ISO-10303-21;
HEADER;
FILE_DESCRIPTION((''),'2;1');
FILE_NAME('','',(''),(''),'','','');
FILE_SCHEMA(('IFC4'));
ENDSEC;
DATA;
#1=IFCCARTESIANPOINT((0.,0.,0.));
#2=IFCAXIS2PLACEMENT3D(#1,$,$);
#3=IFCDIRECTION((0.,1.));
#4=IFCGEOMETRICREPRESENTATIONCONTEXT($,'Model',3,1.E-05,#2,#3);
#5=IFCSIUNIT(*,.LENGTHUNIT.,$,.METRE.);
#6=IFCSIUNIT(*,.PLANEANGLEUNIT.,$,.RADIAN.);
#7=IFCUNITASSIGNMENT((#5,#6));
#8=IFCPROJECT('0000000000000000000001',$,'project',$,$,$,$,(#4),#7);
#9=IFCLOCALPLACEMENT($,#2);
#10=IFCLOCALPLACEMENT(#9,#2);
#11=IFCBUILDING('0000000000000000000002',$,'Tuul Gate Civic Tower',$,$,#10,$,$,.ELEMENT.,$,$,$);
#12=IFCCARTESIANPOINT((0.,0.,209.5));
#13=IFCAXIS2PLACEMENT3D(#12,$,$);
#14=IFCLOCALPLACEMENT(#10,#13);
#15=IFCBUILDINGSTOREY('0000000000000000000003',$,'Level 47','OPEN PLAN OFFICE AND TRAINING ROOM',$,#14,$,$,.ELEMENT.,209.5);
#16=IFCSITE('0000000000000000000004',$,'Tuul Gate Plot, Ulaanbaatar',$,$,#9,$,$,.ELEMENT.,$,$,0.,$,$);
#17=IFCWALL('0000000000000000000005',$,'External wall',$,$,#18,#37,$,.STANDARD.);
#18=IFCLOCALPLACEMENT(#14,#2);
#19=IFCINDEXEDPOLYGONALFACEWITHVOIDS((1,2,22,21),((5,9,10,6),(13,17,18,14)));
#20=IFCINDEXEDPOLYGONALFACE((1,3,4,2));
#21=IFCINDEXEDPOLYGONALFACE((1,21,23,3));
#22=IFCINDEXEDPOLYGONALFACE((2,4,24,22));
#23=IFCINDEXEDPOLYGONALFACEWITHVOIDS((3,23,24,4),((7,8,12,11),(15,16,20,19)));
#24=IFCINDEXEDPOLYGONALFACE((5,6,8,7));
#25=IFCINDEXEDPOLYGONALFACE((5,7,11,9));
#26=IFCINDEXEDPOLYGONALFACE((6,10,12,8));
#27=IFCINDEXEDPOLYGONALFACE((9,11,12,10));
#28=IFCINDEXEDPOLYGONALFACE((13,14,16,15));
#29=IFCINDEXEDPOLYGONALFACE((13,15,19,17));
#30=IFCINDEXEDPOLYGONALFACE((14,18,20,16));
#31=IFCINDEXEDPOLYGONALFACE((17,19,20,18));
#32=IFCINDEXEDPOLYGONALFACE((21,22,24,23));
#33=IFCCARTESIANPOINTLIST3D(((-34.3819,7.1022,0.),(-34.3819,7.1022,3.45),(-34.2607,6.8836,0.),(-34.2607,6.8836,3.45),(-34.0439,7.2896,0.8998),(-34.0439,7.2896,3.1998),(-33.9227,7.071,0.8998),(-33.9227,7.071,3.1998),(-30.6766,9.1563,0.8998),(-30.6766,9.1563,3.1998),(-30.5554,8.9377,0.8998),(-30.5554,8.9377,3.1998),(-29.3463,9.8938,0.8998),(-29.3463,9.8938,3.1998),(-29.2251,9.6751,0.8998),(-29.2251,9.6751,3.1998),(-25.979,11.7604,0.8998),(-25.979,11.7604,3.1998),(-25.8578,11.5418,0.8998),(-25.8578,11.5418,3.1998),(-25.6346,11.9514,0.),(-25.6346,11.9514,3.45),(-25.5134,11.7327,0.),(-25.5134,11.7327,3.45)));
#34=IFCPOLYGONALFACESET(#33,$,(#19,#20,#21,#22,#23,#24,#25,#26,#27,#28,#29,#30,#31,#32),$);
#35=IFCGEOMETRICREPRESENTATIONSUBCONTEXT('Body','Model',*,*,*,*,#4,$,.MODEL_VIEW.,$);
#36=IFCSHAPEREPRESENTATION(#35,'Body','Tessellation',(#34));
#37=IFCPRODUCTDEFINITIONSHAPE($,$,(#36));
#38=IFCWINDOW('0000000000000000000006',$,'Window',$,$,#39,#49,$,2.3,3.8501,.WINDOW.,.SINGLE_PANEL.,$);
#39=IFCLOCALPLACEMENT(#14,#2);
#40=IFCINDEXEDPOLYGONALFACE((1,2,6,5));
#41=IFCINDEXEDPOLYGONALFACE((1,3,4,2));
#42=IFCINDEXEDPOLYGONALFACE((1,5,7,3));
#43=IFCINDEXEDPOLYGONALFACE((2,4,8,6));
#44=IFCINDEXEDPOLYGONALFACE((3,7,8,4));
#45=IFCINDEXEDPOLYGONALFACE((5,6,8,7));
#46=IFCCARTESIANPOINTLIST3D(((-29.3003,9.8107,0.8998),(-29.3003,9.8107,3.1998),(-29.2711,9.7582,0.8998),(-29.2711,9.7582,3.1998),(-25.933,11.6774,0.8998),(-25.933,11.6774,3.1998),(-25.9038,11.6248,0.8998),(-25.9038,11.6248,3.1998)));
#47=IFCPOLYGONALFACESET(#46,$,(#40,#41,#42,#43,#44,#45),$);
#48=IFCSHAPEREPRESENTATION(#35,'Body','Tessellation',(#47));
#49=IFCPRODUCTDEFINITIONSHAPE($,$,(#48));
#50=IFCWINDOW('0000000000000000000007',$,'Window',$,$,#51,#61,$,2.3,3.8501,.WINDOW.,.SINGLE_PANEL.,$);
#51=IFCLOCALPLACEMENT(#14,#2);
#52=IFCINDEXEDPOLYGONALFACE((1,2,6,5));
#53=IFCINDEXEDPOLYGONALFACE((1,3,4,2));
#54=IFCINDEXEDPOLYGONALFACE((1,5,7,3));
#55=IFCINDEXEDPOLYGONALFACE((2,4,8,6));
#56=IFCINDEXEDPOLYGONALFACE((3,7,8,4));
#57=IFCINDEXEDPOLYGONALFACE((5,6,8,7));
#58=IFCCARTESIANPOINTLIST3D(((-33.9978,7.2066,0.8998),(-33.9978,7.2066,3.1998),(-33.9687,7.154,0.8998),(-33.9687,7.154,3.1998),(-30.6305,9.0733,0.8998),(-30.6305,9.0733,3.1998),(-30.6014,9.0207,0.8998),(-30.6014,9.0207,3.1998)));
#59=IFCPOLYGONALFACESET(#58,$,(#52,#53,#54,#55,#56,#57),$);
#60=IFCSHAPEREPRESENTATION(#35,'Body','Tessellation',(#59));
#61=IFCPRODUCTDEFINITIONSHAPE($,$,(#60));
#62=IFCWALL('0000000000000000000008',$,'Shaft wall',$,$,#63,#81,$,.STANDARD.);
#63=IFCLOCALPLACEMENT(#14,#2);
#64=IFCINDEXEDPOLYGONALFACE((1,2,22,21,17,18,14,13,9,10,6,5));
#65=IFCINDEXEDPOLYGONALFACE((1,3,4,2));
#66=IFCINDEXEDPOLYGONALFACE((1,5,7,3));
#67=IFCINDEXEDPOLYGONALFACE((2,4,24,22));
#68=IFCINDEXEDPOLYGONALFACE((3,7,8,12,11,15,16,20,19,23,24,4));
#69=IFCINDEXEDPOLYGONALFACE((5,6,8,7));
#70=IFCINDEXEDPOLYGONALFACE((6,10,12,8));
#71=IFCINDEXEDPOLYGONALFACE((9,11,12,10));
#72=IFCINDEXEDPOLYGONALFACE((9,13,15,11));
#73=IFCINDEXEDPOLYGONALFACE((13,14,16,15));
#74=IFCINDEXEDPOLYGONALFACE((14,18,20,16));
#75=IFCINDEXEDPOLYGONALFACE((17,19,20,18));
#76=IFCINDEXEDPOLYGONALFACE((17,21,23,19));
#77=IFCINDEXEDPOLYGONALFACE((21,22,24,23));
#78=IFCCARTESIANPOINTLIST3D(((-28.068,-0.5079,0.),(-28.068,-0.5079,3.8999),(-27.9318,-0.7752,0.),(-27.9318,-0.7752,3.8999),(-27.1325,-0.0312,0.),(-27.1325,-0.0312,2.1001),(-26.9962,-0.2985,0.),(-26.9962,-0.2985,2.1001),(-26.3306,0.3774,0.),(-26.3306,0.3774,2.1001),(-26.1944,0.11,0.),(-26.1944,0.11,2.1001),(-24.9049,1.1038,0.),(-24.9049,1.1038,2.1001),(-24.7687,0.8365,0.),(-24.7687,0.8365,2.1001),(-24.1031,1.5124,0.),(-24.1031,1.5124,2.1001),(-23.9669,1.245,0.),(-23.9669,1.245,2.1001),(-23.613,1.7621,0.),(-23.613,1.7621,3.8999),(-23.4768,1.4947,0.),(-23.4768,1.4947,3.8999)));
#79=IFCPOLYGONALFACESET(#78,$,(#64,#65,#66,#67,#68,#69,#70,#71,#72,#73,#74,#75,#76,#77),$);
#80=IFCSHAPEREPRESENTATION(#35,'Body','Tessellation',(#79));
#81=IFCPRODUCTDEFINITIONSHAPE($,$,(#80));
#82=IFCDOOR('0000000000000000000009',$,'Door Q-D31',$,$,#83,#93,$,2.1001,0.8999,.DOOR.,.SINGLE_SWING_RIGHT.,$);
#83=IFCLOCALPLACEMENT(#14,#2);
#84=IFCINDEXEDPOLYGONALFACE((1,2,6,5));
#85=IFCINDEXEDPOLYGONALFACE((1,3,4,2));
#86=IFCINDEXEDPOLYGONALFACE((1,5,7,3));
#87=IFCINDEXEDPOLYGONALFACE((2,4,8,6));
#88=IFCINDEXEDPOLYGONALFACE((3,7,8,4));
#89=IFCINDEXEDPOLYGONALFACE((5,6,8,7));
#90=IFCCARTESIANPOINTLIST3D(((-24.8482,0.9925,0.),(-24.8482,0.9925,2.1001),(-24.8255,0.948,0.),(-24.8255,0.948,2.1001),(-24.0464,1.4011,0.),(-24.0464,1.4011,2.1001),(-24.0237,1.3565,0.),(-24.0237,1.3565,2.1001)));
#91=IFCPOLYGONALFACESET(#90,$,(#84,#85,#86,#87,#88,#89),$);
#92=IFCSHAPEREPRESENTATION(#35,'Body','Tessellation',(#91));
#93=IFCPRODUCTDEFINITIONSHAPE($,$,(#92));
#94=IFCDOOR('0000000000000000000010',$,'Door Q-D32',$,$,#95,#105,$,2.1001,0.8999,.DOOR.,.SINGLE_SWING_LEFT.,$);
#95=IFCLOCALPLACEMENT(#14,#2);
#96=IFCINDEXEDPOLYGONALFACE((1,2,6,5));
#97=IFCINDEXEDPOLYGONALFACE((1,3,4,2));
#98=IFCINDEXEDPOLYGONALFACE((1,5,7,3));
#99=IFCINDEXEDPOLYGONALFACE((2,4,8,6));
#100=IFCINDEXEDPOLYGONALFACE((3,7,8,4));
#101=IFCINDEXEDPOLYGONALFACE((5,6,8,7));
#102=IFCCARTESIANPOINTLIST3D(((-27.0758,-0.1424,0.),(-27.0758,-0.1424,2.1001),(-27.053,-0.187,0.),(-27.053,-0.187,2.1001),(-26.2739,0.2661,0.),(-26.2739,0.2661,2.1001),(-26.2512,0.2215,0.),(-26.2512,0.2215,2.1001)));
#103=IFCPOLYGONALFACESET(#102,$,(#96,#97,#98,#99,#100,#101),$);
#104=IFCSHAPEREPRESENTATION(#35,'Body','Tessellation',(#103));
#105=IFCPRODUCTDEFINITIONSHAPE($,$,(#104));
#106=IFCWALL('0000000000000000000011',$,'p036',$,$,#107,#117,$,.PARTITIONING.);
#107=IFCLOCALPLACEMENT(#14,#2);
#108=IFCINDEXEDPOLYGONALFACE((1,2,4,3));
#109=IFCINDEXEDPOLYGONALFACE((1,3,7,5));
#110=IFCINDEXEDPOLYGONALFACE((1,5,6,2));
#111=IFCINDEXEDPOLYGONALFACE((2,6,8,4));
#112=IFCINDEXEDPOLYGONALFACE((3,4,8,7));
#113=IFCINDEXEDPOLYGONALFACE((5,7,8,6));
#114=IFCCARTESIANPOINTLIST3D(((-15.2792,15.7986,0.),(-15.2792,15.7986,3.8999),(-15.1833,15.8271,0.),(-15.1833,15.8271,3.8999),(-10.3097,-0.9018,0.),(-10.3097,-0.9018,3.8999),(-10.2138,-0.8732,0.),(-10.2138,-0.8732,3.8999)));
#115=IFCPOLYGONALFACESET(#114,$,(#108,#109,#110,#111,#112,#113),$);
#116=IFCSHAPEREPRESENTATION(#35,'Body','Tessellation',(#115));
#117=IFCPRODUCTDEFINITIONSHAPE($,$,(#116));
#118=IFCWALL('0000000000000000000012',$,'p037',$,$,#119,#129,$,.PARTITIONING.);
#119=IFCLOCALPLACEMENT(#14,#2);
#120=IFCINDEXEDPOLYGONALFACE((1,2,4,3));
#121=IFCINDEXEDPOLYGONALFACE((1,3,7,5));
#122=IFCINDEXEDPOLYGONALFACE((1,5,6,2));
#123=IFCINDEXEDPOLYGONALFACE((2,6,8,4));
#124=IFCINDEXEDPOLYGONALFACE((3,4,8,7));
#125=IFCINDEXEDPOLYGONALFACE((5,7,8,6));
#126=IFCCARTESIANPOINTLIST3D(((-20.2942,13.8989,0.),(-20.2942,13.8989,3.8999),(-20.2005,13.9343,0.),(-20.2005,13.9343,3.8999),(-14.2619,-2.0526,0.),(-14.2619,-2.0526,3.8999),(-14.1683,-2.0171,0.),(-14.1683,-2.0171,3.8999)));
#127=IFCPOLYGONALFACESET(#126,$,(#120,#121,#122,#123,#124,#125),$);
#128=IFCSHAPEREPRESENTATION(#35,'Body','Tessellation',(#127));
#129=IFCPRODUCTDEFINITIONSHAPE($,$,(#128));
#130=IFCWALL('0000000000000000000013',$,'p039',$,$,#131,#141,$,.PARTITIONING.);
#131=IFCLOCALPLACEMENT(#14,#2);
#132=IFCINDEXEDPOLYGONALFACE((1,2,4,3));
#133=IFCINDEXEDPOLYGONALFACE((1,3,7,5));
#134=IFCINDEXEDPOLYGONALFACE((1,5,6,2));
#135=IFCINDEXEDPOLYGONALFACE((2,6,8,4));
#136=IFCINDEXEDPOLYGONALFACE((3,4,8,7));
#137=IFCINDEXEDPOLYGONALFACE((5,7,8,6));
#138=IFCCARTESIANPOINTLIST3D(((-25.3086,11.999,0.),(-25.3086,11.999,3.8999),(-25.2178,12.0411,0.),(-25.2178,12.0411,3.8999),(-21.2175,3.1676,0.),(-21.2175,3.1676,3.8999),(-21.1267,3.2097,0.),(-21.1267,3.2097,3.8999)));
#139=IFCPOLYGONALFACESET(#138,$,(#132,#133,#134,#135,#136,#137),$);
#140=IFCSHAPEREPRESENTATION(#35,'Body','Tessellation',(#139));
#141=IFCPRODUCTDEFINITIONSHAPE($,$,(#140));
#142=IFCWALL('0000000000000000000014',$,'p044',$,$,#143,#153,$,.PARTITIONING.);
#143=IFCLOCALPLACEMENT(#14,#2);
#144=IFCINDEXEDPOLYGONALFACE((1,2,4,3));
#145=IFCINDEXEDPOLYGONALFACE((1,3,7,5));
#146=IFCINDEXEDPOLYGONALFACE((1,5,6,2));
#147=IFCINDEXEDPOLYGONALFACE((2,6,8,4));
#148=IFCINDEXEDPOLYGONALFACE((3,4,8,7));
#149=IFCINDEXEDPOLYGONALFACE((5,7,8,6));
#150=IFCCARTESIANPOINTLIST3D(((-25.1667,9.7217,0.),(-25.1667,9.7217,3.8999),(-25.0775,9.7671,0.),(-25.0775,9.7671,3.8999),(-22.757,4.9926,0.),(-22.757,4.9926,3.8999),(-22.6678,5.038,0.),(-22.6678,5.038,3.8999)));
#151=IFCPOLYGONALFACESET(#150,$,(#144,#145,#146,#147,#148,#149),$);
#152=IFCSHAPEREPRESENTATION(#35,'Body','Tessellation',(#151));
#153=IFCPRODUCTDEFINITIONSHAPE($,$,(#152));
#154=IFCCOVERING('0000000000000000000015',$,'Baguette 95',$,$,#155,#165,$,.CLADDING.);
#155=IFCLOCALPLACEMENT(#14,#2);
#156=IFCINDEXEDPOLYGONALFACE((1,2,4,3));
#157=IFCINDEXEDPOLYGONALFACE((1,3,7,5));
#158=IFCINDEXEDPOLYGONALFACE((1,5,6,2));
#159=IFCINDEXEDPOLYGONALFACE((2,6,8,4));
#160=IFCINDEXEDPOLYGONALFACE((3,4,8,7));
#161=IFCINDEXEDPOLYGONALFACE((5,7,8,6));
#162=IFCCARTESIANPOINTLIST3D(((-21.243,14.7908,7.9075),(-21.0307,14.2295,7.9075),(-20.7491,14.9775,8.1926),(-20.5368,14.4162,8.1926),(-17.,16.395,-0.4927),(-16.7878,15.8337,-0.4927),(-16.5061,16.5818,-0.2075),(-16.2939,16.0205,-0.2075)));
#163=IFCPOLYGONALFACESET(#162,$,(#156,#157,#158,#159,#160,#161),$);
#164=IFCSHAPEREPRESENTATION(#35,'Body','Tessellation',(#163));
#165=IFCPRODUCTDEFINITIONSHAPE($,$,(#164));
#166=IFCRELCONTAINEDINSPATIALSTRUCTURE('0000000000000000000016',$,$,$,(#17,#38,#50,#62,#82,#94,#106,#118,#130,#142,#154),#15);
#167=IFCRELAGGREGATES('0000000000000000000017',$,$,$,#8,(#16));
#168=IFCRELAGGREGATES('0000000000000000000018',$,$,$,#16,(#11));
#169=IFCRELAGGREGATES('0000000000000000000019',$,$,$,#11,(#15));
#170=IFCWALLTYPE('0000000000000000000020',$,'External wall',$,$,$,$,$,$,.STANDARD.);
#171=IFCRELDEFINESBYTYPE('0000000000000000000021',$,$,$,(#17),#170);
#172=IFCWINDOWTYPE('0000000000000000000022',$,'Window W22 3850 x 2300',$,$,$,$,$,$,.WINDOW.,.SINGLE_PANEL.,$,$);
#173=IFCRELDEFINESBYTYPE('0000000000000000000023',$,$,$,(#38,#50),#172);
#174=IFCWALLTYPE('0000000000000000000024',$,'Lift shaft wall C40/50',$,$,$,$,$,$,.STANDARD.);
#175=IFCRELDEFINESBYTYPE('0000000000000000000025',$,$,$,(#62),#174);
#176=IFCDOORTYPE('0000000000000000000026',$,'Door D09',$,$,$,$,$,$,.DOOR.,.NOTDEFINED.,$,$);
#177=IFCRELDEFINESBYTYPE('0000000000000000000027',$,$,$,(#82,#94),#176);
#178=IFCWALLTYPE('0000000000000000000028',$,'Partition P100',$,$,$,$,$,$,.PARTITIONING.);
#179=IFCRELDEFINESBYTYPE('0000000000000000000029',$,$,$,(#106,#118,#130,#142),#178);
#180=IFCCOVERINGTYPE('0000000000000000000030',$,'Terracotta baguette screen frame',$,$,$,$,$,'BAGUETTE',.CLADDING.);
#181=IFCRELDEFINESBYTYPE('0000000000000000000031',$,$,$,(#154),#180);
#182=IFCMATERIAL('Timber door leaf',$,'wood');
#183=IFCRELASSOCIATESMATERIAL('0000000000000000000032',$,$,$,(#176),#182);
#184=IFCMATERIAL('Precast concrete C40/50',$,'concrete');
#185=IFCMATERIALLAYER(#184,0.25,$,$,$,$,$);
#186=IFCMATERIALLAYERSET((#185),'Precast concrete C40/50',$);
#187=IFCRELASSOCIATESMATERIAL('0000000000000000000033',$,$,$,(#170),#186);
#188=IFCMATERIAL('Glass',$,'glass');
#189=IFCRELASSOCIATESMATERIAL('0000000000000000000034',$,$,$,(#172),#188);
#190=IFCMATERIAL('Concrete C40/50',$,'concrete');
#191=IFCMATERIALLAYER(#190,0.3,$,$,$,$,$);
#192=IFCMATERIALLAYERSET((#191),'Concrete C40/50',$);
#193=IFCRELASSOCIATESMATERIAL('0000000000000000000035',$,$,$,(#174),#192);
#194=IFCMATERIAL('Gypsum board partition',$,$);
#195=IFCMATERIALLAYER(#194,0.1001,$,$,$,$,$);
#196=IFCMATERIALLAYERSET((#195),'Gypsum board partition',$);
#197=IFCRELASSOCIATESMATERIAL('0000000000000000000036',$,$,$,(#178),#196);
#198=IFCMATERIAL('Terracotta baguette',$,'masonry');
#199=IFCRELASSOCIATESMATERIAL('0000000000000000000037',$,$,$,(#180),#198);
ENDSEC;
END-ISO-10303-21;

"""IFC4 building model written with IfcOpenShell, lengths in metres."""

from ifc_helpers import new_model, si_unit, direction, frame, frame_2d, origin, origin_2d, place, context, subcontext, project, spatial, rectangle, extrude, material, layer, layer_set, material_profile, profile_set, type_object, element, fill, save


model = new_model("IFC4")

# Units and contexts
model_context = context("Model", 3, precision=1e-05, world=origin(), true_north=direction((0.0, 1.0)))
body_context = subcontext(model_context, "Body", "Model", "MODEL_VIEW")
ifc_project = project(units=[si_unit("LENGTHUNIT", "METRE"), si_unit("PLANEANGLEUNIT", "RADIAN")], contexts=[model_context])

# Site, building, storey
site_placement = place(None, origin())
site = spatial("IfcSite", under=ifc_project, at=site_placement, Name="Tuul Gate Plot, Ulaanbaatar", CompositionType="ELEMENT", RefElevation=0.0)
building_placement = place(site_placement, origin())
building = spatial("IfcBuilding", under=site, at=building_placement, Name="Tuul Gate Civic Tower", CompositionType="ELEMENT")
storey_placement = place(building_placement, frame((0.0, 0.0, 209.5)))
storey = spatial("IfcBuildingStorey", under=building, at=storey_placement, Name="Level 47", Description="OPEN PLAN OFFICE AND TRAINING ROOM", CompositionType="ELEMENT", Elevation=209.5)

# Shared definitions
ifc_material_1 = material(Name="Timber door leaf", Category="wood")
door_type_1 = type_object("IfcDoorType", Name="Door D09", OperationType="NOTDEFINED", PredefinedType="DOOR", material=ifc_material_1)

# Wall, openings, windows
ifc_material_2 = material(Name="Precast concrete C40/50", Category="concrete")
ifc_layer_1 = layer(ifc_material_2, 0.25)
ifc_layer_set_1 = layer_set([ifc_layer_1], Name="Precast concrete C40/50")
wall_type_1 = type_object("IfcWallType", Name="External wall", PredefinedType="STANDARD", material=ifc_layer_set_1)
ifc_material_3 = material(Name="Glass", Category="glass")
window_type = type_object("IfcWindowType", Name="Window W22 3850 x 2300", PartitioningType="SINGLE_PANEL", PredefinedType="WINDOW", material=ifc_material_3)
wall_1_placement = place(storey_placement, frame((-25.574, 11.842, 0.0), z_axis=(0.0, 0.0, 1.0), x_axis=(-0.874603, -0.484841, 0.0)))
wall_1 = element("IfcWall", 1, at=wall_1_placement, inside=storey, type_object=wall_type_1, Name="External wall", PredefinedType="STANDARD", context=body_context, shape_type="SweptSolid", body=[
    extrude(rectangle(XDim=10.0015, YDim=0.25, at=frame_2d((5.0007, 0.0))), origin(), (0.0, 0.0, 1.0), 3.45),
])
opening_1_placement = place(wall_1_placement, frame((0.3938, 0.0, 0.8999)))
opening_1 = element("IfcOpeningElement", 2, at=opening_1_placement, cuts=wall_1, PredefinedType="OPENING", context=body_context, shape_type="SweptSolid", body=[
    extrude(rectangle(XDim=3.8501, YDim=2.3, at=frame_2d((1.925, 1.1499))), frame((0.0, 0.135, 0.0), z_axis=(0.0, -1.0, 0.0), x_axis=(1.0, 0.0, 0.0)), (0.0, 0.0, 1.0), 0.27),
])
opening_2_placement = place(wall_1_placement, frame((5.7649, 0.0, 0.8999)))
opening_2 = element("IfcOpeningElement", 3, at=opening_2_placement, cuts=wall_1, PredefinedType="OPENING", context=body_context, shape_type="SweptSolid", body=[
    extrude(rectangle(XDim=3.8501, YDim=2.3, at=frame_2d((1.925, 1.1499))), frame((0.0, 0.135, 0.0), z_axis=(0.0, -1.0, 0.0), x_axis=(1.0, 0.0, 0.0)), (0.0, 0.0, 1.0), 0.27),
])
window_1_placement = place(opening_1_placement, origin())
window_1 = element("IfcWindow", 4, at=window_1_placement, inside=storey, type_object=window_type, Name="Window", OverallHeight=2.3, OverallWidth=3.8501, PartitioningType="SINGLE_PANEL", PredefinedType="WINDOW", context=body_context, shape_type="SweptSolid", body=[
    extrude(rectangle(XDim=3.8501, YDim=2.3, at=frame_2d((1.925, 1.1499))), frame((0.0, 0.03, 0.0), z_axis=(0.0, -1.0, 0.0), x_axis=(1.0, 0.0, 0.0)), (0.0, 0.0, 1.0), 0.0601),
])
fill(opening_1, window_1)
window_2_placement = place(opening_2_placement, origin())
window_2 = element("IfcWindow", 5, at=window_2_placement, inside=storey, type_object=window_type, Name="Window", OverallHeight=2.3, OverallWidth=3.8501, PartitioningType="SINGLE_PANEL", PredefinedType="WINDOW", context=body_context, shape_type="SweptSolid", body=[
    extrude(rectangle(XDim=3.8501, YDim=2.3, at=frame_2d((1.925, 1.1499))), frame((0.0, 0.03, 0.0), z_axis=(0.0, -1.0, 0.0), x_axis=(1.0, 0.0, 0.0)), (0.0, 0.0, 1.0), 0.0601),
])
fill(opening_2, window_2)

# Wall, openings, doors
ifc_material_4 = material(Name="Concrete C40/50", Category="concrete")
ifc_layer_2 = layer(ifc_material_4, 0.3)
ifc_layer_set_2 = layer_set([ifc_layer_2], Name="Concrete C40/50")
wall_type_2 = type_object("IfcWallType", Name="Lift shaft wall C40/50", PredefinedType="STANDARD", material=ifc_layer_set_2)
wall_2_placement = place(storey_placement, frame((-23.5449, 1.6284, 0.0), z_axis=(0.0, 0.0, 1.0), x_axis=(-0.891003, -0.453997, 0.0)))
wall_2 = element("IfcWall", 6, at=wall_2_placement, inside=storey, type_object=wall_type_2, Name="Shaft wall", PredefinedType="STANDARD", context=body_context, shape_type="SweptSolid", body=[
    extrude(rectangle(XDim=5.0, YDim=0.3, at=frame_2d((2.5, 0.0))), origin(), (0.0, 0.0, 1.0), 3.8999),
])
opening_3_placement = place(wall_2_placement, frame((0.55, 0.0, 0.0)))
opening_3 = element("IfcOpeningElement", 7, at=opening_3_placement, cuts=wall_2, PredefinedType="OPENING", context=body_context, shape_type="SweptSolid", body=[
    extrude(rectangle(XDim=0.8999, YDim=2.1001, at=frame_2d((0.45, 1.05))), frame((0.0, 0.1602, 0.0), z_axis=(0.0, -1.0, 0.0), x_axis=(1.0, 0.0, 0.0)), (0.0, 0.0, 1.0), 0.3201),
])
opening_4_placement = place(wall_2_placement, frame((3.05, 0.0, 0.0)))
opening_4 = element("IfcOpeningElement", 8, at=opening_4_placement, cuts=wall_2, PredefinedType="OPENING", context=body_context, shape_type="SweptSolid", body=[
    extrude(rectangle(XDim=0.8999, YDim=2.1001, at=frame_2d((0.45, 1.05))), frame((0.0, 0.1602, 0.0), z_axis=(0.0, -1.0, 0.0), x_axis=(1.0, 0.0, 0.0)), (0.0, 0.0, 1.0), 0.3201),
])
door_1_placement = place(opening_3_placement, origin())
door_1 = element("IfcDoor", 9, at=door_1_placement, inside=storey, type_object=door_type_1, Name="Door Q-D31", OperationType="SINGLE_SWING_RIGHT", OverallHeight=2.1001, OverallWidth=0.8999, PredefinedType="DOOR", context=body_context, shape_type="SweptSolid", body=[
    extrude(rectangle(XDim=0.8999, YDim=2.1001, at=frame_2d((0.45, 1.05))), frame((0.0, 0.0249, 0.0), z_axis=(0.0, -1.0, 0.0), x_axis=(1.0, 0.0, 0.0)), (0.0, 0.0, 1.0), 0.05),
])
fill(opening_3, door_1)
door_2_placement = place(opening_4_placement, origin())
door_2 = element("IfcDoor", 10, at=door_2_placement, inside=storey, type_object=door_type_1, Name="Door Q-D32", OperationType="SINGLE_SWING_LEFT", OverallHeight=2.1001, OverallWidth=0.8999, PredefinedType="DOOR", context=body_context, shape_type="SweptSolid", body=[
    extrude(rectangle(XDim=0.8999, YDim=2.1001, at=frame_2d((0.45, 1.05))), frame((0.0, 0.0249, 0.0), z_axis=(0.0, -1.0, 0.0), x_axis=(1.0, 0.0, 0.0)), (0.0, 0.0, 1.0), 0.05),
])
fill(opening_4, door_2)

# Walls
ifc_material_5 = material(Name="Gypsum board partition")
ifc_layer_3 = layer(ifc_material_5, 0.1001)
ifc_layer_set_3 = layer_set([ifc_layer_3], Name="Gypsum board partition")
wall_type_3 = type_object("IfcWallType", Name="Partition P100", PredefinedType="PARTITIONING", material=ifc_layer_set_3)
wall_3_placement = place(storey_placement, frame((-15.2312, 15.8127, 0.0), z_axis=(0.0, 0.0, 1.0), x_axis=(0.285207, -0.958466, 0.0)))
element("IfcWall", 11, at=wall_3_placement, inside=storey, type_object=wall_type_3, Name="p036", PredefinedType="PARTITIONING", context=body_context, shape_type="SweptSolid", body=[
    extrude(rectangle(XDim=17.4241, YDim=0.1001, at=frame_2d((8.7119, 0.0))), origin(), (0.0, 0.0, 1.0), 3.8999),
])
wall_4_placement = place(storey_placement, frame((-20.2473, 13.9165, 0.0), z_axis=(0.0, 0.0, 1.0), x_axis=(0.353715, -0.935353, 0.0)))
element("IfcWall", 12, at=wall_4_placement, inside=storey, type_object=wall_type_3, Name="p037", PredefinedType="PARTITIONING", context=body_context, shape_type="SweptSolid", body=[
    extrude(rectangle(XDim=17.054, YDim=0.1001, at=frame_2d((8.5269, 0.0))), origin(), (0.0, 0.0, 1.0), 3.8999),
])
wall_5_placement = place(storey_placement, frame((-25.2632, 12.02, 0.0), z_axis=(0.0, 0.0, 1.0), x_axis=(0.420335, -0.907369, 0.0)))
element("IfcWall", 13, at=wall_5_placement, inside=storey, type_object=wall_type_3, Name="p039", PredefinedType="PARTITIONING", context=body_context, shape_type="SweptSolid", body=[
    extrude(rectangle(XDim=9.7329, YDim=0.1001, at=frame_2d((4.8665, 0.0))), origin(), (0.0, 0.0, 1.0), 3.8999),
])
wall_6_placement = place(storey_placement, frame((-25.1221, 9.7444, 0.0), z_axis=(0.0, 0.0, 1.0), x_axis=(0.454008, -0.890997, 0.0)))
element("IfcWall", 14, at=wall_6_placement, inside=storey, type_object=wall_type_3, Name="p044", PredefinedType="PARTITIONING", context=body_context, shape_type="SweptSolid", body=[
    extrude(rectangle(XDim=5.3076, YDim=0.1001, at=frame_2d((2.6538, 0.0))), origin(), (0.0, 0.0, 1.0), 3.8999),
])

# Covering
ifc_material_6 = material(Name="Terracotta baguette", Category="masonry")
ifc_material_profile_1 = material_profile(ifc_material_6, rectangle(XDim=0.6001, YDim=0.6001, at=origin_2d()), Name="Terracotta baguette screen frame")
ifc_profile_set_1 = profile_set([ifc_material_profile_1], Name="Terracotta baguette")
covering_type = type_object("IfcCoveringType", Name="Terracotta baguette screen frame", ElementType="BAGUETTE", PredefinedType="CLADDING", material=ifc_profile_set_1)
covering_placement = place(storey_placement, frame((-20.8899, 14.6035, 8.05), z_axis=(0.444441, 0.168043, -0.879906), x_axis=(-0.353664, 0.935372, 0.0)))
element("IfcCovering", 15, at=covering_placement, inside=storey, type_object=covering_type, Name="Baguette 95", PredefinedType="CLADDING", context=body_context, shape_type="SweptSolid", body=[
    extrude(rectangle(XDim=0.6001, YDim=0.6001, at=origin_2d()), origin(), (0.0, 0.0, 1.0), 9.5466),
])

save(model, "model.ifc")
